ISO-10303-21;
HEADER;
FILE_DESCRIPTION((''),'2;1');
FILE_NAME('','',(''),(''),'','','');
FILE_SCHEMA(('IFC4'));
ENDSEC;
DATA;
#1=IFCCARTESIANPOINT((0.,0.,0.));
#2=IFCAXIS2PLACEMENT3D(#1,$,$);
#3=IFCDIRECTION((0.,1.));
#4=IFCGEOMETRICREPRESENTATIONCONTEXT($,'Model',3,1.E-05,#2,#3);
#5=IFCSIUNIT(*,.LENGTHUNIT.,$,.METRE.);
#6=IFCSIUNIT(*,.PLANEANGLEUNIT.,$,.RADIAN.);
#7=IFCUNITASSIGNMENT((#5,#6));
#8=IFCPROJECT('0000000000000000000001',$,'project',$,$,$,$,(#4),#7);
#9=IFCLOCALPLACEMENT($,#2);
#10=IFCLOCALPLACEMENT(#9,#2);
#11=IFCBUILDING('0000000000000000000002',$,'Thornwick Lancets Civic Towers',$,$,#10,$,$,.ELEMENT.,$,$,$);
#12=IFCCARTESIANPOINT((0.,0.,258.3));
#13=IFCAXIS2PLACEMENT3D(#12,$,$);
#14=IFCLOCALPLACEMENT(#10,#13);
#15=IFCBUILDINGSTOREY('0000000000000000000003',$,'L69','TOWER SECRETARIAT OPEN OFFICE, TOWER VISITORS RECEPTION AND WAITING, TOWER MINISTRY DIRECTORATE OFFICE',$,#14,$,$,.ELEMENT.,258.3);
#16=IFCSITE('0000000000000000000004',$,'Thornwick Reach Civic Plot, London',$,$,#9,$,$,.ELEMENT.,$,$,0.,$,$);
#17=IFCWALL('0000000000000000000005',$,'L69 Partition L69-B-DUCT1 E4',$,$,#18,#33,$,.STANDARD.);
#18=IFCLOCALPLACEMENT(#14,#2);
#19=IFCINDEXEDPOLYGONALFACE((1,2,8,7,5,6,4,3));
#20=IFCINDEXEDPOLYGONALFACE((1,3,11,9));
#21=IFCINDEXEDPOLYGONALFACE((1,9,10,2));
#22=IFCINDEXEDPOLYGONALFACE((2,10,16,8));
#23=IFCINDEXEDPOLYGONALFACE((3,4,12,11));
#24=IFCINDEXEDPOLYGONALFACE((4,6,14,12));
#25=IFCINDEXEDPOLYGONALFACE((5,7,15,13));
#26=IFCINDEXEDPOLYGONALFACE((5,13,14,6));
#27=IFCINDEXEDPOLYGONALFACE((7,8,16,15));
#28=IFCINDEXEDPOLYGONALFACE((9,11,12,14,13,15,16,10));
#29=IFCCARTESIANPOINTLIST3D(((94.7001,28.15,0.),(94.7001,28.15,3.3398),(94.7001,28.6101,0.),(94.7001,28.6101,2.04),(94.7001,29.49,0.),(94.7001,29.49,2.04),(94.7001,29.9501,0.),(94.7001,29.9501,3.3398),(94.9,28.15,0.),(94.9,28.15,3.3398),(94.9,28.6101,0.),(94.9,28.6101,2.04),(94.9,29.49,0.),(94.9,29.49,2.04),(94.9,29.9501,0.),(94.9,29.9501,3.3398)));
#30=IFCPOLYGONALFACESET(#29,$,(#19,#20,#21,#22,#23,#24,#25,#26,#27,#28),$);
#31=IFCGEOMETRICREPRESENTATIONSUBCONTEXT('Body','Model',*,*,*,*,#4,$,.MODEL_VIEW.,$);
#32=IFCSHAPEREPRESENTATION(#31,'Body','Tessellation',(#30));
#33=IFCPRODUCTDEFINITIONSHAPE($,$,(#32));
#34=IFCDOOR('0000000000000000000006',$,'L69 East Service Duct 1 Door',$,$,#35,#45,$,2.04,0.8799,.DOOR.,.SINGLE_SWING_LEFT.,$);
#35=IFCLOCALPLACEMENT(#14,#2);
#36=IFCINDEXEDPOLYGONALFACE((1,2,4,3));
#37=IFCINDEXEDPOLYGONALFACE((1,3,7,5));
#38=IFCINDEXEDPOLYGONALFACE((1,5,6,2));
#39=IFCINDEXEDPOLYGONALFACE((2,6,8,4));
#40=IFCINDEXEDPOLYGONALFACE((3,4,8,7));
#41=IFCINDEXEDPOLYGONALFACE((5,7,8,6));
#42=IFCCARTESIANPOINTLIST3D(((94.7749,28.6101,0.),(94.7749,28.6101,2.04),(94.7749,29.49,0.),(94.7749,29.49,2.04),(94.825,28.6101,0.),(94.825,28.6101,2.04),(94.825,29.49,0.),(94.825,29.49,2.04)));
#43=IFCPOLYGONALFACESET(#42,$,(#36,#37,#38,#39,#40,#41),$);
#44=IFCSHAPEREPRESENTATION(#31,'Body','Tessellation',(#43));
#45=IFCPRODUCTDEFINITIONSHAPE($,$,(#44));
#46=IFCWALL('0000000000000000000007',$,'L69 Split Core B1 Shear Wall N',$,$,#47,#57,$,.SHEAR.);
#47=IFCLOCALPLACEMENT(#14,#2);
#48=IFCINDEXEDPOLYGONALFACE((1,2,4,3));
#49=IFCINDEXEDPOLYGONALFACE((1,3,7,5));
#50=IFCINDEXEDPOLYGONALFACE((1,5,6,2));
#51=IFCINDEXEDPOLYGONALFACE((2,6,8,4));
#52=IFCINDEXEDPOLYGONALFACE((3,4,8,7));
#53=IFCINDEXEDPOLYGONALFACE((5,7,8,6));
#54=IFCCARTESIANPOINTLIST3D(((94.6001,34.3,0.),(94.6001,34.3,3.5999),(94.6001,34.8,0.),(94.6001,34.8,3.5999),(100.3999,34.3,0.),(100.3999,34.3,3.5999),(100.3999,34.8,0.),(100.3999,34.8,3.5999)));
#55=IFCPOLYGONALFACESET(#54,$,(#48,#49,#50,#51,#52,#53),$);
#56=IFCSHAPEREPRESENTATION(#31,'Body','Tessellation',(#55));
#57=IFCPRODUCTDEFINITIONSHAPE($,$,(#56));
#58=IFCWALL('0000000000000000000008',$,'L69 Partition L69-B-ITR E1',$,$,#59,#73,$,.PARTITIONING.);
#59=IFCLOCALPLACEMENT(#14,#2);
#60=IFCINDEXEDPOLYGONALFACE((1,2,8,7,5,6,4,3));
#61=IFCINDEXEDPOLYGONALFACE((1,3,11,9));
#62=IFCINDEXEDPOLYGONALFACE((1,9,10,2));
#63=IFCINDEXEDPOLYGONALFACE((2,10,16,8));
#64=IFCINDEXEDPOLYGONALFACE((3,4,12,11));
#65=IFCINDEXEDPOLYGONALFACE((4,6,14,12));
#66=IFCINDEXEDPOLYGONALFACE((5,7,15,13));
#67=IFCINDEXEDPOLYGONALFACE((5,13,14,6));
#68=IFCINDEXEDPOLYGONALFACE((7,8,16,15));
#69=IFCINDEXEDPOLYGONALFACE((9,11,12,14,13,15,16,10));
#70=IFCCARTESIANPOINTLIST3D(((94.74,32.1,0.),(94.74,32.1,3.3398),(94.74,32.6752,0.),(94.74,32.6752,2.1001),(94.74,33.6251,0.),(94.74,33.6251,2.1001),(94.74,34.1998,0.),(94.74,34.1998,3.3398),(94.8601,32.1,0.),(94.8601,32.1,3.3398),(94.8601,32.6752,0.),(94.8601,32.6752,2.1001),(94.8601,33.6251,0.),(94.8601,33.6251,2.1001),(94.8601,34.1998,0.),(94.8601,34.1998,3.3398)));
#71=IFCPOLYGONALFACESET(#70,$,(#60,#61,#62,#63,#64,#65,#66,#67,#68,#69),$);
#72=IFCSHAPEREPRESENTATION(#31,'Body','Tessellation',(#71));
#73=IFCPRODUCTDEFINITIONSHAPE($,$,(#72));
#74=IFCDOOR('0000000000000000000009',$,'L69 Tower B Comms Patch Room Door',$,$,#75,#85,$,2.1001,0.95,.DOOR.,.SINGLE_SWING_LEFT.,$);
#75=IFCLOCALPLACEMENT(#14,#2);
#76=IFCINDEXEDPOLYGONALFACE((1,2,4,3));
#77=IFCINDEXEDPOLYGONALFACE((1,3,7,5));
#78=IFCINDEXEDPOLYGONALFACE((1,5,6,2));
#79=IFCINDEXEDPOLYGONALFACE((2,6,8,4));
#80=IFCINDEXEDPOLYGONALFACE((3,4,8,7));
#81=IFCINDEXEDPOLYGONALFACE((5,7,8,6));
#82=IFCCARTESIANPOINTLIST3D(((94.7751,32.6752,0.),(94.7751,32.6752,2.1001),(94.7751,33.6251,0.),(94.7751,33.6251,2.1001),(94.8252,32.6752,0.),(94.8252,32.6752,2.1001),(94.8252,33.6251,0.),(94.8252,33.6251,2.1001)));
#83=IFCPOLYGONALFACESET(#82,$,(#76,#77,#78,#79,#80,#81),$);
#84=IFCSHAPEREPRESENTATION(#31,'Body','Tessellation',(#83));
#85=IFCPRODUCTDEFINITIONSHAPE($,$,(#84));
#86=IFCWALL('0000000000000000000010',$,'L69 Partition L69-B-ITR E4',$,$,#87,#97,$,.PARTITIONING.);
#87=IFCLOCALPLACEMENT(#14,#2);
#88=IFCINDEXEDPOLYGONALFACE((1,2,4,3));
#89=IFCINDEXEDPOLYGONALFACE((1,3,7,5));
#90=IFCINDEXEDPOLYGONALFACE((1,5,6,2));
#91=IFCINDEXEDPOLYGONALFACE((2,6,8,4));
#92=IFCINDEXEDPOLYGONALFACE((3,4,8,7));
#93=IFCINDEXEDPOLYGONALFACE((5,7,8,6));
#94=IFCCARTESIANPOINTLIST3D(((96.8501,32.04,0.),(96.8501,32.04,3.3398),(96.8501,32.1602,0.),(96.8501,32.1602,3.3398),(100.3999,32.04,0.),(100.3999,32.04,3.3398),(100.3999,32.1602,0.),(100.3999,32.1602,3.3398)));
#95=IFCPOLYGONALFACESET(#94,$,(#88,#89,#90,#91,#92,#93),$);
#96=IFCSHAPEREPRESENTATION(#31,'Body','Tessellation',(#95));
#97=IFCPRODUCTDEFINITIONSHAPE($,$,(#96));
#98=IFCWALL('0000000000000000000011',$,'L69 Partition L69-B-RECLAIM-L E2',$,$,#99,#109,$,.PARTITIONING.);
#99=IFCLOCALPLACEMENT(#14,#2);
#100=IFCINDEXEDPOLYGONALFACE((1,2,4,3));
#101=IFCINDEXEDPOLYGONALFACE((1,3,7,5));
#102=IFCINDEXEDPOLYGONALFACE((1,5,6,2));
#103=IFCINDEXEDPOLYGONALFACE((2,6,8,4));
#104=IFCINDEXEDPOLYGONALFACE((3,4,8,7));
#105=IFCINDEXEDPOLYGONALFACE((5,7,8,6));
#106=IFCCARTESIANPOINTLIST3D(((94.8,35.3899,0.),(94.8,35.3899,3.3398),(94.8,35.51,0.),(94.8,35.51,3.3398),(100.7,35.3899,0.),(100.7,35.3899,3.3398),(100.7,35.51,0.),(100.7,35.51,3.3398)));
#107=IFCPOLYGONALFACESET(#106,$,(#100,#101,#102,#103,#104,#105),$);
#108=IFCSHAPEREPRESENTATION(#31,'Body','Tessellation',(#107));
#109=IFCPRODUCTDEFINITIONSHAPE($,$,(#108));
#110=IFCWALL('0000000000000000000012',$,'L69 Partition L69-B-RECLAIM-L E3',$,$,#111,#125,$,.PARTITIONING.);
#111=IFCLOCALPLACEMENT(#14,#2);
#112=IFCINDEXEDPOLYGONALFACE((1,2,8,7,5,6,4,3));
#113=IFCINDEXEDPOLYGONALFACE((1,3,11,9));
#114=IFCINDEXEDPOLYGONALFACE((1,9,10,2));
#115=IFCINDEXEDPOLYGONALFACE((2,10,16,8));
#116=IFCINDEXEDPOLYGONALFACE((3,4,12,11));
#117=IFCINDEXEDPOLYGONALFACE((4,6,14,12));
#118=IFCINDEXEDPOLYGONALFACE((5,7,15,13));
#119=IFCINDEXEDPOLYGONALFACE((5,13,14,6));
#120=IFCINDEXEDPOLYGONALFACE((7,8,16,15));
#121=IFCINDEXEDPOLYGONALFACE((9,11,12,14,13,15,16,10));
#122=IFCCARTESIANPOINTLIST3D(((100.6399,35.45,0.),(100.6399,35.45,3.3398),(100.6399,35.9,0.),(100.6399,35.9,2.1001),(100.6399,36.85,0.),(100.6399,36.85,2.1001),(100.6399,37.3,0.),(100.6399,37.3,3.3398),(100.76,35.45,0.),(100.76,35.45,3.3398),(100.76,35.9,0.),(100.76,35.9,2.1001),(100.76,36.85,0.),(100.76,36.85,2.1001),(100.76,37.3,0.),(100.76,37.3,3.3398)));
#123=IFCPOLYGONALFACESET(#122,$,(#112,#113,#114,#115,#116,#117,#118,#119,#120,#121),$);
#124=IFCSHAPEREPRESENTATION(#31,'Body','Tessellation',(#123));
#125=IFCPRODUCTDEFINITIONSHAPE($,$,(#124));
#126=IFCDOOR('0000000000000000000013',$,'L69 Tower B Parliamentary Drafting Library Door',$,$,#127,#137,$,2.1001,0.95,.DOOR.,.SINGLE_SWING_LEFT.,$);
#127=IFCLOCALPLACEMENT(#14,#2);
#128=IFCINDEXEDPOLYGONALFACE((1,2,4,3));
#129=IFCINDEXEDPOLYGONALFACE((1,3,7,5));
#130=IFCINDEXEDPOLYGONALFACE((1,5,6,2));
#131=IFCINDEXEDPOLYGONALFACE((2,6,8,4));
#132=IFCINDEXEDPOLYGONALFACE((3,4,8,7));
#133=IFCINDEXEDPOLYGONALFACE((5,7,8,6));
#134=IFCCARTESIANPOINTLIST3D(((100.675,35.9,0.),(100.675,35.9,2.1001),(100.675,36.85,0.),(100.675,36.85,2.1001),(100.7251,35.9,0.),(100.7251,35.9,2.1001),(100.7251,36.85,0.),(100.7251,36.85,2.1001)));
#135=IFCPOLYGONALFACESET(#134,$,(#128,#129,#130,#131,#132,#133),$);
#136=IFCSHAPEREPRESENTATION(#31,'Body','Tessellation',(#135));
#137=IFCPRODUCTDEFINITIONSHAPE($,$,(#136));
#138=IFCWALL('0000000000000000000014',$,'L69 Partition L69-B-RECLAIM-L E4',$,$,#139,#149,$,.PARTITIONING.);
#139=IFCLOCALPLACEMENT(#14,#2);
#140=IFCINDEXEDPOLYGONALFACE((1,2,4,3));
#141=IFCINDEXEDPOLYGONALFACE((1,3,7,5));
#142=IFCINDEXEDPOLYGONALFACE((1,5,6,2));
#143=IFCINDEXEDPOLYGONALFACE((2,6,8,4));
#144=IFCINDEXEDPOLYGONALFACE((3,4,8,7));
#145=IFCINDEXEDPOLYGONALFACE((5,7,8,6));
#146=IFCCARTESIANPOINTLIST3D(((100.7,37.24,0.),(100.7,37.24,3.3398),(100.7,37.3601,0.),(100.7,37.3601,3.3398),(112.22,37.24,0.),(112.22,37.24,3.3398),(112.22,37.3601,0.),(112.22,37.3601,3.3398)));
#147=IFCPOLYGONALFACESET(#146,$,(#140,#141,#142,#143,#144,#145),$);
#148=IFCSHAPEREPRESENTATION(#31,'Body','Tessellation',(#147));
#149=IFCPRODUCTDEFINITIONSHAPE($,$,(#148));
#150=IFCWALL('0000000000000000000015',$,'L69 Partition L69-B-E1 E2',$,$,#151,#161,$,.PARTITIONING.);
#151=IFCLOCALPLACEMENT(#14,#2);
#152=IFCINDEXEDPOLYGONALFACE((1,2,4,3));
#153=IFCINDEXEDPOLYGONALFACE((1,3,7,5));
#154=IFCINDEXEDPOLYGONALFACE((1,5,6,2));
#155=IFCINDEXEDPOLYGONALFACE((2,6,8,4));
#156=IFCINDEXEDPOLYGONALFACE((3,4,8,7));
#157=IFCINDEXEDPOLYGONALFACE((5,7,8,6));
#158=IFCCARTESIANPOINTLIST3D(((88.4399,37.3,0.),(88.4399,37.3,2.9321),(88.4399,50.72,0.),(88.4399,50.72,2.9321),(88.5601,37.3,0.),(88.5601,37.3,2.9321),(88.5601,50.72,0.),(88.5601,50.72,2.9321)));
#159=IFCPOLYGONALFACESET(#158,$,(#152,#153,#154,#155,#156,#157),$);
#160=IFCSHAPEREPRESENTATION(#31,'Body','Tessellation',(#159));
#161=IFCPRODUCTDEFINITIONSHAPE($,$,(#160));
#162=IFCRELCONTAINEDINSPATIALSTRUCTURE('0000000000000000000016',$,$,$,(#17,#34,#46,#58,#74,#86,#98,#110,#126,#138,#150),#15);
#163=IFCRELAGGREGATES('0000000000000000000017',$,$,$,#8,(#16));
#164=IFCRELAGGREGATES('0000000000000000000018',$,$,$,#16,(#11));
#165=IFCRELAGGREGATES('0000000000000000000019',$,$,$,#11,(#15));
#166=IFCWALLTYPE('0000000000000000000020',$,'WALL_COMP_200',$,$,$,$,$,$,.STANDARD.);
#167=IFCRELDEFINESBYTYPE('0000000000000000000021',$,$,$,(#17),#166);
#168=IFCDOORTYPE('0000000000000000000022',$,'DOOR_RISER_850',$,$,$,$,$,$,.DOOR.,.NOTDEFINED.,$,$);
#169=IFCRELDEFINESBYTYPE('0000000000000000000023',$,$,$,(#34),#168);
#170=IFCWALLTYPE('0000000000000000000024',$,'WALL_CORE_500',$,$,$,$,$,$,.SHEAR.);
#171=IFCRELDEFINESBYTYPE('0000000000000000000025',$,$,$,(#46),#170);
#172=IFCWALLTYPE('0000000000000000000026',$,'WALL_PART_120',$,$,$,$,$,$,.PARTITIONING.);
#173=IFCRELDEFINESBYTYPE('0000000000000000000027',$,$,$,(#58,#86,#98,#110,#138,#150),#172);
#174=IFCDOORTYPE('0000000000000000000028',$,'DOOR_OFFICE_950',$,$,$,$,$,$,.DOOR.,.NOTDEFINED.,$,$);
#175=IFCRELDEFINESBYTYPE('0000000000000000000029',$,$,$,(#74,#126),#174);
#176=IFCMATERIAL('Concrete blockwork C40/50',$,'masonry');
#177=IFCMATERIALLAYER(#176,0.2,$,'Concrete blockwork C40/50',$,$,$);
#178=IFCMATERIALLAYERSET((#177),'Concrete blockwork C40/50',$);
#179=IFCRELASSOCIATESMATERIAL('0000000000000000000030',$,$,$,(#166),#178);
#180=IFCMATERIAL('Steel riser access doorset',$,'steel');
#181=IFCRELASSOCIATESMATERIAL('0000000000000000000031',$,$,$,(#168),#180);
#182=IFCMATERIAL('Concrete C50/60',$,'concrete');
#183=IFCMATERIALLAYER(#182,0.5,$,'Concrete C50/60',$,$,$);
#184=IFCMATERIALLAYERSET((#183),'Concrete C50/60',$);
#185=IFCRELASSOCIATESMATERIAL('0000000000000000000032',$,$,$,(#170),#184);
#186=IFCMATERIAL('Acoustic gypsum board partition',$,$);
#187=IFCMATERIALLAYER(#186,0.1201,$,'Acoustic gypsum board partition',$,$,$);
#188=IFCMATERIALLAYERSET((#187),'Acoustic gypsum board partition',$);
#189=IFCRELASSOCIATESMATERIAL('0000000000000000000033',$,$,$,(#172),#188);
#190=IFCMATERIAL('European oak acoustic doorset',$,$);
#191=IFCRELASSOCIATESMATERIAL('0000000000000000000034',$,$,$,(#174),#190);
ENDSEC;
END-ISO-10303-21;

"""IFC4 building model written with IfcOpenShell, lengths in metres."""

from ifc_helpers import new_model, si_unit, direction, frame, frame_2d, origin, place, context, subcontext, project, spatial, rectangle, extrude, material, layer, layer_set, type_object, element, fill, save


model = new_model("IFC4")

# Units and contexts
model_context = context("Model", 3, precision=1e-05, world=origin(), true_north=direction((0.0, 1.0)))
body_context = subcontext(model_context, "Body", "Model", "MODEL_VIEW")
ifc_project = project(units=[si_unit("LENGTHUNIT", "METRE"), si_unit("PLANEANGLEUNIT", "RADIAN")], contexts=[model_context])

# Site, building, storey
site_placement = place(None, origin())
site = spatial("IfcSite", under=ifc_project, at=site_placement, Name="Thornwick Reach Civic Plot, London", CompositionType="ELEMENT", RefElevation=0.0)
building_placement = place(site_placement, origin())
building = spatial("IfcBuilding", under=site, at=building_placement, Name="Thornwick Lancets Civic Towers", CompositionType="ELEMENT")
storey_placement = place(building_placement, frame((0.0, 0.0, 258.3)))
storey = spatial("IfcBuildingStorey", under=building, at=storey_placement, Name="L69", Description="TOWER SECRETARIAT OPEN OFFICE, TOWER VISITORS RECEPTION AND WAITING, TOWER MINISTRY DIRECTORATE OFFICE", CompositionType="ELEMENT", Elevation=258.3)

# Shared definitions
ifc_material_1 = material(Name="Concrete C50/60", Category="concrete")

# Shared definitions
ifc_material_2 = material(Name="Concrete blockwork C40/50", Category="masonry")
ifc_layer_1 = layer(ifc_material_2, 0.2, Name="Concrete blockwork C40/50")
ifc_layer_set_1 = layer_set([ifc_layer_1], Name="Concrete blockwork C40/50")
wall_type_1 = type_object("IfcWallType", Name="WALL_COMP_200", PredefinedType="STANDARD", material=ifc_layer_set_1)

# Wall, opening, door
wall_1_placement = place(storey_placement, frame((94.8, 29.95, 0.0), z_axis=(0.0, 0.0, 1.0), x_axis=(0.0, -1.0, 0.0)))
wall_1 = element("IfcWall", 1, at=wall_1_placement, inside=storey, type_object=wall_type_1, Name="L69 Partition L69-B-DUCT1 E4", PredefinedType="STANDARD", context=body_context, shape_type="SweptSolid", body=[
    extrude(rectangle(XDim=1.8, YDim=0.2, at=frame_2d((0.8999, 0.0))), origin(), (0.0, 0.0, 1.0), 3.3398),
])
opening_1_placement = place(wall_1_placement, frame((0.46, 0.0, 0.0)))
opening_1 = element("IfcOpeningElement", 2, at=opening_1_placement, cuts=wall_1, PredefinedType="OPENING", context=body_context, shape_type="SweptSolid", body=[
    extrude(rectangle(XDim=0.8799, YDim=2.04, at=frame_2d((0.4399, 1.02))), frame((0.0, 0.1099, 0.0), z_axis=(0.0, -1.0, 0.0), x_axis=(1.0, 0.0, 0.0)), (0.0, 0.0, 1.0), 0.22),
])
ifc_material_3 = material(Name="Steel riser access doorset", Category="steel")
door_type_1 = type_object("IfcDoorType", Name="DOOR_RISER_850", OperationType="NOTDEFINED", PredefinedType="DOOR", material=ifc_material_3)
door_1_placement = place(opening_1_placement, origin())
door_1 = element("IfcDoor", 3, at=door_1_placement, inside=storey, type_object=door_type_1, Name="L69 East Service Duct 1 Door", OperationType="SINGLE_SWING_LEFT", OverallHeight=2.04, OverallWidth=0.8799, PredefinedType="DOOR", context=body_context, shape_type="SweptSolid", body=[
    extrude(rectangle(XDim=0.8799, YDim=2.04, at=frame_2d((0.4399, 1.02))), frame((0.0, 0.0249, 0.0), z_axis=(0.0, -1.0, 0.0), x_axis=(1.0, 0.0, 0.0)), (0.0, 0.0, 1.0), 0.05),
])
fill(opening_1, door_1)

# Wall
ifc_layer_2 = layer(ifc_material_1, 0.5, Name="Concrete C50/60")
ifc_layer_set_2 = layer_set([ifc_layer_2], Name="Concrete C50/60")
wall_type_2 = type_object("IfcWallType", Name="WALL_CORE_500", PredefinedType="SHEAR", material=ifc_layer_set_2)
wall_2_placement = place(storey_placement, frame((94.6001, 34.55, 0.0), z_axis=(0.0, 0.0, 1.0), x_axis=(1.0, 0.0, 0.0)))
element("IfcWall", 4, at=wall_2_placement, inside=storey, type_object=wall_type_2, Name="L69 Split Core B1 Shear Wall N", PredefinedType="SHEAR", context=body_context, shape_type="SweptSolid", body=[
    extrude(rectangle(XDim=5.7998, YDim=0.5, at=frame_2d((2.8999, 0.0))), origin(), (0.0, 0.0, 1.0), 3.5999),
])

# Wall, opening, door
ifc_material_4 = material(Name="Acoustic gypsum board partition")
ifc_layer_3 = layer(ifc_material_4, 0.1201, Name="Acoustic gypsum board partition")
ifc_layer_set_3 = layer_set([ifc_layer_3], Name="Acoustic gypsum board partition")
wall_type_3 = type_object("IfcWallType", Name="WALL_PART_120", PredefinedType="PARTITIONING", material=ifc_layer_set_3)
wall_3_placement = place(storey_placement, frame((94.8, 32.1001, 0.0), z_axis=(0.0, 0.0, 1.0), x_axis=(0.0, 1.0, 0.0)))
wall_3 = element("IfcWall", 5, at=wall_3_placement, inside=storey, type_object=wall_type_3, Name="L69 Partition L69-B-ITR E1", PredefinedType="PARTITIONING", context=body_context, shape_type="SweptSolid", body=[
    extrude(rectangle(XDim=2.0999, YDim=0.1201, at=frame_2d((1.0498, 0.0))), origin(), (0.0, 0.0, 1.0), 3.3398),
])
opening_2_placement = place(wall_3_placement, frame((0.575, 0.0, 0.0)))
opening_2 = element("IfcOpeningElement", 6, at=opening_2_placement, cuts=wall_3, PredefinedType="OPENING", context=body_context, shape_type="SweptSolid", body=[
    extrude(rectangle(XDim=0.95, YDim=2.1001, at=frame_2d((0.4751, 1.05))), frame((0.0, 0.0701, 0.0), z_axis=(0.0, -1.0, 0.0), x_axis=(1.0, 0.0, 0.0)), (0.0, 0.0, 1.0), 0.1401),
])
ifc_material_5 = material(Name="European oak acoustic doorset")
door_type_2 = type_object("IfcDoorType", Name="DOOR_OFFICE_950", OperationType="NOTDEFINED", PredefinedType="DOOR", material=ifc_material_5)
door_2_placement = place(opening_2_placement, origin())
door_2 = element("IfcDoor", 7, at=door_2_placement, inside=storey, type_object=door_type_2, Name="L69 Tower B Comms Patch Room Door", OperationType="SINGLE_SWING_LEFT", OverallHeight=2.1001, OverallWidth=0.95, PredefinedType="DOOR", context=body_context, shape_type="SweptSolid", body=[
    extrude(rectangle(XDim=0.95, YDim=2.1001, at=frame_2d((0.4751, 1.05))), frame((0.0, 0.0249, 0.0), z_axis=(0.0, -1.0, 0.0), x_axis=(1.0, 0.0, 0.0)), (0.0, 0.0, 1.0), 0.05),
])
fill(opening_2, door_2)

# Walls
wall_4_placement = place(storey_placement, frame((100.3999, 32.1001, 0.0), z_axis=(0.0, 0.0, 1.0), x_axis=(-1.0, 0.0, 0.0)))
element("IfcWall", 8, at=wall_4_placement, inside=storey, type_object=wall_type_3, Name="L69 Partition L69-B-ITR E4", PredefinedType="PARTITIONING", context=body_context, shape_type="SweptSolid", body=[
    extrude(rectangle(XDim=3.5498, YDim=0.1201, at=frame_2d((1.7749, 0.0))), origin(), (0.0, 0.0, 1.0), 3.3398),
])
wall_5_placement = place(storey_placement, frame((94.8, 35.45, 0.0), z_axis=(0.0, 0.0, 1.0), x_axis=(1.0, 0.0, 0.0)))
element("IfcWall", 9, at=wall_5_placement, inside=storey, type_object=wall_type_3, Name="L69 Partition L69-B-RECLAIM-L E2", PredefinedType="PARTITIONING", context=body_context, shape_type="SweptSolid", body=[
    extrude(rectangle(XDim=5.8999, YDim=0.1201, at=frame_2d((2.95, 0.0))), origin(), (0.0, 0.0, 1.0), 3.3398),
])

# Wall, opening, door
wall_6_placement = place(storey_placement, frame((100.7, 35.45, 0.0), z_axis=(0.0, 0.0, 1.0), x_axis=(0.0, 1.0, 0.0)))
wall_6 = element("IfcWall", 10, at=wall_6_placement, inside=storey, type_object=wall_type_3, Name="L69 Partition L69-B-RECLAIM-L E3", PredefinedType="PARTITIONING", context=body_context, shape_type="SweptSolid", body=[
    extrude(rectangle(XDim=1.8501, YDim=0.1201, at=frame_2d((0.925, 0.0))), origin(), (0.0, 0.0, 1.0), 3.3398),
])
opening_3_placement = place(wall_6_placement, frame((0.45, 0.0, 0.0)))
opening_3 = element("IfcOpeningElement", 11, at=opening_3_placement, cuts=wall_6, PredefinedType="OPENING", context=body_context, shape_type="SweptSolid", body=[
    extrude(rectangle(XDim=0.95, YDim=2.1001, at=frame_2d((0.4751, 1.05))), frame((0.0, 0.0701, 0.0), z_axis=(0.0, -1.0, 0.0), x_axis=(1.0, 0.0, 0.0)), (0.0, 0.0, 1.0), 0.1401),
])
door_3_placement = place(opening_3_placement, origin())
door_3 = element("IfcDoor", 12, at=door_3_placement, inside=storey, type_object=door_type_2, Name="L69 Tower B Parliamentary Drafting Library Door", OperationType="SINGLE_SWING_LEFT", OverallHeight=2.1001, OverallWidth=0.95, PredefinedType="DOOR", context=body_context, shape_type="SweptSolid", body=[
    extrude(rectangle(XDim=0.95, YDim=2.1001, at=frame_2d((0.4751, 1.05))), frame((0.0, 0.0249, 0.0), z_axis=(0.0, -1.0, 0.0), x_axis=(1.0, 0.0, 0.0)), (0.0, 0.0, 1.0), 0.05),
])
fill(opening_3, door_3)

# Walls
wall_7_placement = place(storey_placement, frame((100.7, 37.3, 0.0), z_axis=(0.0, 0.0, 1.0), x_axis=(1.0, 0.0, 0.0)))
element("IfcWall", 13, at=wall_7_placement, inside=storey, type_object=wall_type_3, Name="L69 Partition L69-B-RECLAIM-L E4", PredefinedType="PARTITIONING", context=body_context, shape_type="SweptSolid", body=[
    extrude(rectangle(XDim=11.52, YDim=0.1201, at=frame_2d((5.76, 0.0))), origin(), (0.0, 0.0, 1.0), 3.3398),
])
wall_8_placement = place(storey_placement, frame((88.5, 37.3, 0.0), z_axis=(0.0, 0.0, 1.0), x_axis=(0.0, 1.0, 0.0)))
element("IfcWall", 14, at=wall_8_placement, inside=storey, type_object=wall_type_3, Name="L69 Partition L69-B-E1 E2", PredefinedType="PARTITIONING", context=body_context, shape_type="SweptSolid", body=[
    extrude(rectangle(XDim=13.4199, YDim=0.1201, at=frame_2d((6.71, 0.0))), origin(), (0.0, 0.0, 1.0), 2.9321),
])

save(model, "model.ifc")
